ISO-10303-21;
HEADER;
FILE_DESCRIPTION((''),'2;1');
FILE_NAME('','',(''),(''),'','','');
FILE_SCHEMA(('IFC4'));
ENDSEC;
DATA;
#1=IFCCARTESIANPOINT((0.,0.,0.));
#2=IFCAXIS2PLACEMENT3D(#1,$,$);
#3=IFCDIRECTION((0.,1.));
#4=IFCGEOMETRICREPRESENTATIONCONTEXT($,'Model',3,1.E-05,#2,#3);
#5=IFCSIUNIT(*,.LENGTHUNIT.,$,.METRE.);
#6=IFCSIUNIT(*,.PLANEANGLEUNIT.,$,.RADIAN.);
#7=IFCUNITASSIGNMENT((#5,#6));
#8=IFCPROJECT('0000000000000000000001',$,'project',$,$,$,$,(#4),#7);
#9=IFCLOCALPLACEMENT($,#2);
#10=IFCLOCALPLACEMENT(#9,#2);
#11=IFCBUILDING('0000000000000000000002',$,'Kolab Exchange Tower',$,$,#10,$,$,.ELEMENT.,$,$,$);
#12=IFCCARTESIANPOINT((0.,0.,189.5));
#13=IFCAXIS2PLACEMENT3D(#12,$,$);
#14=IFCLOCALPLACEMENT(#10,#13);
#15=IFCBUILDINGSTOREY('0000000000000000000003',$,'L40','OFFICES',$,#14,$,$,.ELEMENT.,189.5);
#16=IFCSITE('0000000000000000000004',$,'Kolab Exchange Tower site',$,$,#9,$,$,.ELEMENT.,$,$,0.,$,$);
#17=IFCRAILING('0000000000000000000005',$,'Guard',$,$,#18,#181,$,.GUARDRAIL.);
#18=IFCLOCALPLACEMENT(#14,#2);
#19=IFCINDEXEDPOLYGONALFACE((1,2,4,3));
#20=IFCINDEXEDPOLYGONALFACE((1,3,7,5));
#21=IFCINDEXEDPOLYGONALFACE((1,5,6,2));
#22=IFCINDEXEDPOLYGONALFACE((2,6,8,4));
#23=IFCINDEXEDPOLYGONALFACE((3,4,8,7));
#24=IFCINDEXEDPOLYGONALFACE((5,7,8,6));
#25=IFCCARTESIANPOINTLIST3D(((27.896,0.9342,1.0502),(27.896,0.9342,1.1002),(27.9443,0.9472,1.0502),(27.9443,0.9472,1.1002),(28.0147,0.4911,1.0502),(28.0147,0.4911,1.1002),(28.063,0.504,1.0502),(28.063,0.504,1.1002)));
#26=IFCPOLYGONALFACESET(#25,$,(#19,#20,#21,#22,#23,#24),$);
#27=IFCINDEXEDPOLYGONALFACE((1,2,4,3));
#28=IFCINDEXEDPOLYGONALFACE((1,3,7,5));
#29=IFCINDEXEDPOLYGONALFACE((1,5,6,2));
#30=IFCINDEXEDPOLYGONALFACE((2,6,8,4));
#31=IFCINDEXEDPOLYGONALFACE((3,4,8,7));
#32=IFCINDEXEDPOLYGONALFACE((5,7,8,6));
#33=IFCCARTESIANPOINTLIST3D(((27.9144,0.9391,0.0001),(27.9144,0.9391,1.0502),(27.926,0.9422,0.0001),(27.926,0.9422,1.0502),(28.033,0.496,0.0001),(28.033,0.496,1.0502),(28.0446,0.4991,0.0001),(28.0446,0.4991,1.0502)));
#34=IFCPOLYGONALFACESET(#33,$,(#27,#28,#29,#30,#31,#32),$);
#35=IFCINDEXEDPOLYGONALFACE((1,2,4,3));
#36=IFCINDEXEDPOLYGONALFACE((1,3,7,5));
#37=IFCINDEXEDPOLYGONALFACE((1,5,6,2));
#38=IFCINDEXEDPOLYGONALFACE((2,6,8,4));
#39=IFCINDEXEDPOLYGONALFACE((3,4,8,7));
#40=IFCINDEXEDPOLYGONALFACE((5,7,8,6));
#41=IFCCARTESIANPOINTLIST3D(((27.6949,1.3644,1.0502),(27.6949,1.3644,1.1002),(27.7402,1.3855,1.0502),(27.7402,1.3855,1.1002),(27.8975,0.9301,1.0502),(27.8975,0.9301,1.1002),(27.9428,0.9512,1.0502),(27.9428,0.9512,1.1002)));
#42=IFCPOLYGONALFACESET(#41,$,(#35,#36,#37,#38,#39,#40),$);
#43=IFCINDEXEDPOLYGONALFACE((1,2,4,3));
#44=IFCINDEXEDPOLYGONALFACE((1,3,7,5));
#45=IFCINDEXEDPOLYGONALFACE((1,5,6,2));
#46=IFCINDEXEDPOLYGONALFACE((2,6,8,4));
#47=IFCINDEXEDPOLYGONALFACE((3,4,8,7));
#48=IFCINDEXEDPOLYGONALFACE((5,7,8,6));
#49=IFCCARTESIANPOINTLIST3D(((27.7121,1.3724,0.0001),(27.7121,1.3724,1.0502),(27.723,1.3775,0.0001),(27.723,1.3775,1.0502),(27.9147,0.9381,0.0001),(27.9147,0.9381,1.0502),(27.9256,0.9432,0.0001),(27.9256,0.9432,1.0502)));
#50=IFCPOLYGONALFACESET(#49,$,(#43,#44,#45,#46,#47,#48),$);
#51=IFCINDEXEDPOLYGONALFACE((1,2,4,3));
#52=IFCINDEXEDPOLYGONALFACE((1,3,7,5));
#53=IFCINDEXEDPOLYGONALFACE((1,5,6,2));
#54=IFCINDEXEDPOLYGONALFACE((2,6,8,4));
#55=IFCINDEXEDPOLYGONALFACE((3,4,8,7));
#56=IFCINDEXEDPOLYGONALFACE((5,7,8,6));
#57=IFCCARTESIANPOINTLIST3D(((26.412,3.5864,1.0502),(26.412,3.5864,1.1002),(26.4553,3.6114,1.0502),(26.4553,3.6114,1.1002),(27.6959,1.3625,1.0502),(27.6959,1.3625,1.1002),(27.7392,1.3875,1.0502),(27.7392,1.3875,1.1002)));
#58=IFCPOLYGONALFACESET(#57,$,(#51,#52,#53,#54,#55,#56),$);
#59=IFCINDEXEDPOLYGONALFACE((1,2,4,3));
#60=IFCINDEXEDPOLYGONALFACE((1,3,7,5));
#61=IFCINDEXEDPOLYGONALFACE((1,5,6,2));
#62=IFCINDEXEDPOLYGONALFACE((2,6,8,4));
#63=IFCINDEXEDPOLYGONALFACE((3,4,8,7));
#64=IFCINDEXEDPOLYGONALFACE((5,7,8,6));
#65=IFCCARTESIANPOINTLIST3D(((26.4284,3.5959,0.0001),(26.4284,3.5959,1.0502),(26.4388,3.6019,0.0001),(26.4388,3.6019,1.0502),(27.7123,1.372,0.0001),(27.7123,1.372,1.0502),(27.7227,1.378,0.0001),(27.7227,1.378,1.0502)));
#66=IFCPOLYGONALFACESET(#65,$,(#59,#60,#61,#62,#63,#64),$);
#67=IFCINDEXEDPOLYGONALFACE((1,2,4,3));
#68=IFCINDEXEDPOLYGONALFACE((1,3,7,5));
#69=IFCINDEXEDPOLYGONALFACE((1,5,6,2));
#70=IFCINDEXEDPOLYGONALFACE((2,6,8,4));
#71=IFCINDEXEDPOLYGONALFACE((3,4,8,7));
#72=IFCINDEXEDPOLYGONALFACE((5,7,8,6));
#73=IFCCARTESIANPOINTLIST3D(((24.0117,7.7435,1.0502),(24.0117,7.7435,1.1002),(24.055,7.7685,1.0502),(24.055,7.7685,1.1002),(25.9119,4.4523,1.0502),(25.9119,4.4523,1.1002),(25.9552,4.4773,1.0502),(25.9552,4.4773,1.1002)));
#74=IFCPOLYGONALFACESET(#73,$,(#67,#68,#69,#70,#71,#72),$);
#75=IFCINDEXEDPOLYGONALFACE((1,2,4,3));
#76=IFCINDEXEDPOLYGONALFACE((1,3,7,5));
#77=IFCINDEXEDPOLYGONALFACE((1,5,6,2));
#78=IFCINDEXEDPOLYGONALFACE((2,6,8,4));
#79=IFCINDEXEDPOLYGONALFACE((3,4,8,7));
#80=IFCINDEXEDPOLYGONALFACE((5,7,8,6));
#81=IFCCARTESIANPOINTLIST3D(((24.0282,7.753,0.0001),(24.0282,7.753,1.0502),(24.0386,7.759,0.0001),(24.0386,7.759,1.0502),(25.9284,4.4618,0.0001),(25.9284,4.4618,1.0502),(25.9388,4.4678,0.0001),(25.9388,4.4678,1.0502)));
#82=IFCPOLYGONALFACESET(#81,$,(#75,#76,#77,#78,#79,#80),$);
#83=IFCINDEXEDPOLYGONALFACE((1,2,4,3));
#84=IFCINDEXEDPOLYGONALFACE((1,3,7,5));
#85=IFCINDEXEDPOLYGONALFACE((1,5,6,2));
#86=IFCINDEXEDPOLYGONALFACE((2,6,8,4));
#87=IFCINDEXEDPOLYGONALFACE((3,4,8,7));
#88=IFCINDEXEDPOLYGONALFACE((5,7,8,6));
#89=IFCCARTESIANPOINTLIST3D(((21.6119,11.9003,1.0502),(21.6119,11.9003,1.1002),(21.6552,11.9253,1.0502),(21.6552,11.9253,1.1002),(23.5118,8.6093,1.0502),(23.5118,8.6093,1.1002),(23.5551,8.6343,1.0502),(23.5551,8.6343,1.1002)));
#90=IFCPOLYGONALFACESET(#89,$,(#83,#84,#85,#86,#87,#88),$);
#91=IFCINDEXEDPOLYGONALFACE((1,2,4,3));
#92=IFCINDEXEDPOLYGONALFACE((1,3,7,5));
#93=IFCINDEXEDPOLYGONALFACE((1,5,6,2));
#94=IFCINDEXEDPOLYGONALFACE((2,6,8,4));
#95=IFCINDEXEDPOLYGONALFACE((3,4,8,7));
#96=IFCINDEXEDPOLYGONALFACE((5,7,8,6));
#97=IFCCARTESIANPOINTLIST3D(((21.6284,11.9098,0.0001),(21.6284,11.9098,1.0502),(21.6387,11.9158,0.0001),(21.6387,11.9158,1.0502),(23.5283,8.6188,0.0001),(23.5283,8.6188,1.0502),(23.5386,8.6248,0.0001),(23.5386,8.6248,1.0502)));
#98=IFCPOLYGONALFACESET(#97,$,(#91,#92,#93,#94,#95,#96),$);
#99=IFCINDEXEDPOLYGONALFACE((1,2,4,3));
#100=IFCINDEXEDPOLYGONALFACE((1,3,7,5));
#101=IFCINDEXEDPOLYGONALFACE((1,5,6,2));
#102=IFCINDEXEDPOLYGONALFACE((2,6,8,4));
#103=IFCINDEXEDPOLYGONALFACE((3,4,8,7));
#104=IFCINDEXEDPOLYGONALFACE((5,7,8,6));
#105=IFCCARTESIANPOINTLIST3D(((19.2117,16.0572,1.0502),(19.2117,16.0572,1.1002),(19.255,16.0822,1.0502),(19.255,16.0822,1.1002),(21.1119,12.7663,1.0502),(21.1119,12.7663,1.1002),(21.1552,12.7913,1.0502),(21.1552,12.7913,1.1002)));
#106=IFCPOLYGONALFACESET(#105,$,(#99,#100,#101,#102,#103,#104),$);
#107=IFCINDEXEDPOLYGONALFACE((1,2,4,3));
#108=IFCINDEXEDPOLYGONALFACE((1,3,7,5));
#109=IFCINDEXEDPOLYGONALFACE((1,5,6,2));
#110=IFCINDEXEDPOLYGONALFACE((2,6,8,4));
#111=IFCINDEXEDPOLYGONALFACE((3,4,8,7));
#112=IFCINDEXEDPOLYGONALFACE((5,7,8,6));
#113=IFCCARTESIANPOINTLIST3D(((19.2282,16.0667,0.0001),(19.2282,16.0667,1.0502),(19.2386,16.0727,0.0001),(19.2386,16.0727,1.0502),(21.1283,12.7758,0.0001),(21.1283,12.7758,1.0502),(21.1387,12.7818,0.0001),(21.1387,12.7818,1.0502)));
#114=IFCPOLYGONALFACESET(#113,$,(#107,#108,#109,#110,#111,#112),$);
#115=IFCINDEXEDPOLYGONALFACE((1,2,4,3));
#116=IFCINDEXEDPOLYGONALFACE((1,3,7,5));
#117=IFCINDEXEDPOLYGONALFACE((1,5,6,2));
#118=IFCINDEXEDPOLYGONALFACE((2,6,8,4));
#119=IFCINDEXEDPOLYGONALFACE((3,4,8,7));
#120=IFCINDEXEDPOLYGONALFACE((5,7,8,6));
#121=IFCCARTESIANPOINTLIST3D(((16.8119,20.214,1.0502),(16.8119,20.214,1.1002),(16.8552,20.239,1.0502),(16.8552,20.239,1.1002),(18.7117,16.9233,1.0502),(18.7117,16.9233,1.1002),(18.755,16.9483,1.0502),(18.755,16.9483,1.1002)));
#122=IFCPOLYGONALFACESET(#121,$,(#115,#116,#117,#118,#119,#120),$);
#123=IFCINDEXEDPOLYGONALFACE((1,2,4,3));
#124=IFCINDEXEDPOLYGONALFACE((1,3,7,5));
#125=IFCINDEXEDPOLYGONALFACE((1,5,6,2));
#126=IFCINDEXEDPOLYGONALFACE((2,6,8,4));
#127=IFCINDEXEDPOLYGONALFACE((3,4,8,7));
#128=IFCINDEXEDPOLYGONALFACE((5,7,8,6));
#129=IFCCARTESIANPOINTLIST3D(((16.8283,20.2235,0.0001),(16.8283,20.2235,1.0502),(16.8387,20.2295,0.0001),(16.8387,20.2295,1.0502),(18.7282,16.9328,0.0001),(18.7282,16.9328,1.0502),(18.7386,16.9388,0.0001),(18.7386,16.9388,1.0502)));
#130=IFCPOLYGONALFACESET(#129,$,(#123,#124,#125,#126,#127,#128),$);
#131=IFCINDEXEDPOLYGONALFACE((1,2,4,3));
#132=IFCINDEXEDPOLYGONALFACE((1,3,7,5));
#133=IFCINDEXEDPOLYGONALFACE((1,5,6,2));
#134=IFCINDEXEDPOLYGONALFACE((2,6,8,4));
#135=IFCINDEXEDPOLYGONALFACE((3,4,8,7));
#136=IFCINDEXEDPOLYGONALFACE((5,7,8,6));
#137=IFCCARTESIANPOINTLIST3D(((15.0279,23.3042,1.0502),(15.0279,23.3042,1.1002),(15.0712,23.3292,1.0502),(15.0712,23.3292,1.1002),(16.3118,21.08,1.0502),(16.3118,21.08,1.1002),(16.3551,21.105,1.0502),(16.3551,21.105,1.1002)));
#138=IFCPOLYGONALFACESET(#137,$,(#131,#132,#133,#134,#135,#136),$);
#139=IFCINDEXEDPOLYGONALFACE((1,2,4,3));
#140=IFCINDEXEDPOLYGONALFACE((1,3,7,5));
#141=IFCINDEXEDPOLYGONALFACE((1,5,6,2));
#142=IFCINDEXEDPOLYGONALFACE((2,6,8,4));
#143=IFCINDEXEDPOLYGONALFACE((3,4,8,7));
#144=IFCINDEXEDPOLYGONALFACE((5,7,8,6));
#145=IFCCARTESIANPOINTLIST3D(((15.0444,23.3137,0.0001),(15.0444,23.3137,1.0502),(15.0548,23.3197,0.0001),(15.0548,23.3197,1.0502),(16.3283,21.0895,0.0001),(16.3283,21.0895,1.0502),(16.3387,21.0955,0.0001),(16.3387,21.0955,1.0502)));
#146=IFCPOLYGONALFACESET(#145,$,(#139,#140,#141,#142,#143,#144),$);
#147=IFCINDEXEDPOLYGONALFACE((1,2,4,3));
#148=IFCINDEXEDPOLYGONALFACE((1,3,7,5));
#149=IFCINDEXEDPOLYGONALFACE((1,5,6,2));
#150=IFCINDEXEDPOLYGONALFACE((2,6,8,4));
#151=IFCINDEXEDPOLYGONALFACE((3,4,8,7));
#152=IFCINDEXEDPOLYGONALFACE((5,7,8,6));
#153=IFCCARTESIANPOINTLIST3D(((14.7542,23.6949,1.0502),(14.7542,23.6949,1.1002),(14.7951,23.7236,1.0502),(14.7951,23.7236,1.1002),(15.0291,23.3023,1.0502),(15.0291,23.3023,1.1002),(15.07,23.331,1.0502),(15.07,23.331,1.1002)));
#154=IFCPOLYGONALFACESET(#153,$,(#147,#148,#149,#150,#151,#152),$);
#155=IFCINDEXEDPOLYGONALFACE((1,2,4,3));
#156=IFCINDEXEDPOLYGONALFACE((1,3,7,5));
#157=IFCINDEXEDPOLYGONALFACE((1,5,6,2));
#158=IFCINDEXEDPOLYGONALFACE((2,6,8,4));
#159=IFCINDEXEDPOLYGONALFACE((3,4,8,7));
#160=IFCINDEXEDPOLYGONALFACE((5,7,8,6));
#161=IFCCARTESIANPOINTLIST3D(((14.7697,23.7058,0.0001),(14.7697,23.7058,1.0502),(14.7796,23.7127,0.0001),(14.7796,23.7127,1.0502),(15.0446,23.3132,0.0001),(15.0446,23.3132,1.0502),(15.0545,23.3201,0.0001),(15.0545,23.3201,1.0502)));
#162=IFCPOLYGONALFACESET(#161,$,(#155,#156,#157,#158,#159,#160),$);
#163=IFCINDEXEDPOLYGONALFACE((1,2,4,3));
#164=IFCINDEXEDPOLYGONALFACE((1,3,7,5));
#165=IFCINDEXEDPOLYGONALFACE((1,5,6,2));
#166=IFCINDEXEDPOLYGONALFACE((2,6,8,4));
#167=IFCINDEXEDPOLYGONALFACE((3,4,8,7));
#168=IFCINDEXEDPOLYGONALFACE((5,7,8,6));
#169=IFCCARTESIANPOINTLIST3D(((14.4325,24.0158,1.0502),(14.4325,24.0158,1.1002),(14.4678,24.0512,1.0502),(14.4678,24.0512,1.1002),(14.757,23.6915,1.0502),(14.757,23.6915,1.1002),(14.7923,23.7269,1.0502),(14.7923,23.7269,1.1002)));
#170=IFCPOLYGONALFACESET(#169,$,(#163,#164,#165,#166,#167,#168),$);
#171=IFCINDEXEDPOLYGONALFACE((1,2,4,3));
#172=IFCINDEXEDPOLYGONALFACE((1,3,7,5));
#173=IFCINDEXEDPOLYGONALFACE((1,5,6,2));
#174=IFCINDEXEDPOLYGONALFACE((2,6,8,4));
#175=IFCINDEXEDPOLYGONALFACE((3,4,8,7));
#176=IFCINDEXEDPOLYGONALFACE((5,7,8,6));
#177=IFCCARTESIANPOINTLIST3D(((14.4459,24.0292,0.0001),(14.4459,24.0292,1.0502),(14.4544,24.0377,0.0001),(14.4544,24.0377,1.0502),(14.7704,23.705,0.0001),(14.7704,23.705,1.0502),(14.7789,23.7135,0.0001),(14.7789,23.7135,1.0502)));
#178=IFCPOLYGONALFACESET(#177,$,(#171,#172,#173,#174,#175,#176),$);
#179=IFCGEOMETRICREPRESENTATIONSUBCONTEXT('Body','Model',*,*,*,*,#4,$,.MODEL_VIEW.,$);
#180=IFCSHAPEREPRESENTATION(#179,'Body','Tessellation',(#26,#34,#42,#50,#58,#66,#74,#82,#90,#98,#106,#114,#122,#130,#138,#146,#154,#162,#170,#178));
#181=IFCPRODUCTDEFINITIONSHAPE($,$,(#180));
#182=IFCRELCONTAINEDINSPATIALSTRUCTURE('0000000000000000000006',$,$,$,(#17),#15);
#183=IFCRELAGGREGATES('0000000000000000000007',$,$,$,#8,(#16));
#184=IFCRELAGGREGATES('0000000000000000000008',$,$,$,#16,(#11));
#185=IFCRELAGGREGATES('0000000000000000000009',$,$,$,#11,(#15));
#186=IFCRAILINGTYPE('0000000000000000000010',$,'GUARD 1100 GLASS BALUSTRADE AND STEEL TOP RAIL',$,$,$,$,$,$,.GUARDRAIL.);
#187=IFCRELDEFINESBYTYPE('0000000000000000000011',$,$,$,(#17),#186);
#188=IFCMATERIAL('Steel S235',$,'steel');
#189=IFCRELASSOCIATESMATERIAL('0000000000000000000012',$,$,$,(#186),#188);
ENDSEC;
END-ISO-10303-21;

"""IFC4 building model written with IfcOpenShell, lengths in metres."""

from ifc_helpers import new_model, si_unit, direction, frame, frame_2d, origin, origin_2d, place, context, subcontext, project, spatial, rectangle, extrude, material, type_object, element, save


model = new_model("IFC4")

# Units and contexts
model_context = context("Model", 3, precision=1e-05, world=origin(), true_north=direction((0.0, 1.0)))
body_context = subcontext(model_context, "Body", "Model", "MODEL_VIEW")
ifc_project = project(units=[si_unit("LENGTHUNIT", "METRE"), si_unit("PLANEANGLEUNIT", "RADIAN")], contexts=[model_context])

# Site, building, storey
site_placement = place(None, origin())
site = spatial("IfcSite", under=ifc_project, at=site_placement, Name="Kolab Exchange Tower site", CompositionType="ELEMENT", RefElevation=0.0)
building_placement = place(site_placement, origin())
building = spatial("IfcBuilding", under=site, at=building_placement, Name="Kolab Exchange Tower", CompositionType="ELEMENT")
storey_placement = place(building_placement, frame((0.0, 0.0, 189.5)))
storey = spatial("IfcBuildingStorey", under=building, at=storey_placement, Name="L40", Description="OFFICES", CompositionType="ELEMENT", Elevation=189.5)

# Railing
ifc_material_1 = material(Name="Steel S235", Category="steel")
railing_type = type_object("IfcRailingType", Name="GUARD 1100 GLASS BALUSTRADE AND STEEL TOP RAIL", PredefinedType="GUARDRAIL", material=ifc_material_1)
railing_placement = place(storey_placement, frame((28.0388, 0.4976, 0.0)))
element("IfcRailing", 1, at=railing_placement, inside=storey, type_object=railing_type, Name="Guard", PredefinedType="GUARDRAIL", context=body_context, shape_type="SweptSolid", body=[
    extrude(rectangle(XDim=0.05, YDim=0.05, at=origin_2d()), frame((0.0, 0.0, 1.0752), z_axis=(-0.258656, 0.965969, 0.0), x_axis=(-0.965969, -0.258656, 0.0)), (0.0, 0.0, 1.0), 0.4587),
    extrude(rectangle(XDim=0.012, YDim=1.0501, at=frame_2d((0.0, 0.5251))), frame((0.0, 0.0, 0.0), z_axis=(-0.258656, 0.965969, 0.0), x_axis=(-0.965969, -0.258656, 0.0)), (0.0, 0.0, 1.0), 0.4587),
    extrude(rectangle(XDim=0.05, YDim=0.05, at=origin_2d()), frame((-0.1187, 0.4431, 1.0752), z_axis=(-0.422802, 0.906222, 0.0), x_axis=(-0.906222, -0.422802, 0.0)), (0.0, 0.0, 1.0), 0.4792),
    extrude(rectangle(XDim=0.012, YDim=1.0501, at=frame_2d((0.0, 0.5251))), frame((-0.1187, 0.4431, 0.0), z_axis=(-0.422802, 0.906222, 0.0), x_axis=(-0.906222, -0.422802, 0.0)), (0.0, 0.0, 1.0), 0.4792),
    extrude(rectangle(XDim=0.05, YDim=0.05, at=origin_2d()), frame((-0.3213, 0.8774, 1.0752), z_axis=(-0.499994, 0.866029, 0.0), x_axis=(-0.866029, -0.499994, 0.0)), (0.0, 0.0, 1.0), 2.5679),
    extrude(rectangle(XDim=0.012, YDim=1.0501, at=frame_2d((0.0, 0.5251))), frame((-0.3213, 0.8774, 0.0), z_axis=(-0.499994, 0.866029, 0.0), x_axis=(-0.866029, -0.499994, 0.0)), (0.0, 0.0, 1.0), 2.5679),
    extrude(rectangle(XDim=0.05, YDim=0.05, at=origin_2d()), frame((-2.1052, 3.9673, 1.0752), z_axis=(-0.500015, 0.866017, 0.0), x_axis=(-0.866017, -0.500015, 0.0)), (0.0, 0.0, 1.0), 3.8003),
    extrude(rectangle(XDim=0.012, YDim=1.0501, at=frame_2d((0.0, 0.5251))), frame((-2.1052, 3.9673, 0.0), z_axis=(-0.500015, 0.866017, 0.0), x_axis=(-0.866017, -0.500015, 0.0)), (0.0, 0.0, 1.0), 3.8003),
    extrude(rectangle(XDim=0.05, YDim=0.05, at=origin_2d()), frame((-4.5054, 8.1243, 1.0752), z_axis=(-0.499967, 0.866044, 0.0), x_axis=(-0.866044, -0.499967, 0.0)), (0.0, 0.0, 1.0), 3.8),
    extrude(rectangle(XDim=0.012, YDim=1.0501, at=frame_2d((0.0, 0.5251))), frame((-4.5054, 8.1243, 0.0), z_axis=(-0.499967, 0.866044, 0.0), x_axis=(-0.866044, -0.499967, 0.0)), (0.0, 0.0, 1.0), 3.8),
    extrude(rectangle(XDim=0.05, YDim=0.05, at=origin_2d()), frame((-6.9053, 12.2812, 1.0752), z_axis=(-0.500043, 0.866, 0.0), x_axis=(-0.866, -0.500043, 0.0)), (0.0, 0.0, 1.0), 3.8),
    extrude(rectangle(XDim=0.012, YDim=1.0501, at=frame_2d((0.0, 0.5251))), frame((-6.9053, 12.2812, 0.0), z_axis=(-0.500043, 0.866, 0.0), x_axis=(-0.866, -0.500043, 0.0)), (0.0, 0.0, 1.0), 3.8),
    extrude(rectangle(XDim=0.05, YDim=0.05, at=origin_2d()), frame((-9.3054, 16.4382, 1.0752), z_axis=(-0.499995, 0.866028, 0.0), x_axis=(-0.866028, -0.499995, 0.0)), (0.0, 0.0, 1.0), 3.7998),
    extrude(rectangle(XDim=0.012, YDim=1.0501, at=frame_2d((0.0, 0.5251))), frame((-9.3054, 16.4382, 0.0), z_axis=(-0.499995, 0.866028, 0.0), x_axis=(-0.866028, -0.499995, 0.0)), (0.0, 0.0, 1.0), 3.7998),
    extrude(rectangle(XDim=0.05, YDim=0.05, at=origin_2d()), frame((-11.7053, 20.595, 1.0752), z_axis=(-0.499953, 0.866053, 0.0), x_axis=(-0.866053, -0.499953, 0.0)), (0.0, 0.0, 1.0), 2.5681),
    extrude(rectangle(XDim=0.012, YDim=1.0501, at=frame_2d((0.0, 0.5251))), frame((-11.7053, 20.595, 0.0), z_axis=(-0.499953, 0.866053, 0.0), x_axis=(-0.866053, -0.499953, 0.0)), (0.0, 0.0, 1.0), 2.5681),
    extrude(rectangle(XDim=0.05, YDim=0.05, at=origin_2d()), frame((-12.9893, 22.8191, 1.0752), z_axis=(-0.573599, 0.819136, 0.0), x_axis=(-0.819136, -0.573599, 0.0)), (0.0, 0.0, 1.0), 0.4792),
    extrude(rectangle(XDim=0.012, YDim=1.0501, at=frame_2d((0.0, 0.5251))), frame((-12.9893, 22.8191, 0.0), z_axis=(-0.573599, 0.819136, 0.0), x_axis=(-0.819136, -0.573599, 0.0)), (0.0, 0.0, 1.0), 0.4792),
    extrude(rectangle(XDim=0.05, YDim=0.05, at=origin_2d()), frame((-13.2642, 23.2117, 1.0752), z_axis=(-0.707373, 0.706841, 0.0), x_axis=(-0.706841, -0.707373, 0.0)), (0.0, 0.0, 1.0), 0.4587),
    extrude(rectangle(XDim=0.012, YDim=1.0501, at=frame_2d((0.0, 0.5251))), frame((-13.2642, 23.2117, 0.0), z_axis=(-0.707373, 0.706841, 0.0), x_axis=(-0.706841, -0.707373, 0.0)), (0.0, 0.0, 1.0), 0.4587),
])

save(model, "model.ifc")
